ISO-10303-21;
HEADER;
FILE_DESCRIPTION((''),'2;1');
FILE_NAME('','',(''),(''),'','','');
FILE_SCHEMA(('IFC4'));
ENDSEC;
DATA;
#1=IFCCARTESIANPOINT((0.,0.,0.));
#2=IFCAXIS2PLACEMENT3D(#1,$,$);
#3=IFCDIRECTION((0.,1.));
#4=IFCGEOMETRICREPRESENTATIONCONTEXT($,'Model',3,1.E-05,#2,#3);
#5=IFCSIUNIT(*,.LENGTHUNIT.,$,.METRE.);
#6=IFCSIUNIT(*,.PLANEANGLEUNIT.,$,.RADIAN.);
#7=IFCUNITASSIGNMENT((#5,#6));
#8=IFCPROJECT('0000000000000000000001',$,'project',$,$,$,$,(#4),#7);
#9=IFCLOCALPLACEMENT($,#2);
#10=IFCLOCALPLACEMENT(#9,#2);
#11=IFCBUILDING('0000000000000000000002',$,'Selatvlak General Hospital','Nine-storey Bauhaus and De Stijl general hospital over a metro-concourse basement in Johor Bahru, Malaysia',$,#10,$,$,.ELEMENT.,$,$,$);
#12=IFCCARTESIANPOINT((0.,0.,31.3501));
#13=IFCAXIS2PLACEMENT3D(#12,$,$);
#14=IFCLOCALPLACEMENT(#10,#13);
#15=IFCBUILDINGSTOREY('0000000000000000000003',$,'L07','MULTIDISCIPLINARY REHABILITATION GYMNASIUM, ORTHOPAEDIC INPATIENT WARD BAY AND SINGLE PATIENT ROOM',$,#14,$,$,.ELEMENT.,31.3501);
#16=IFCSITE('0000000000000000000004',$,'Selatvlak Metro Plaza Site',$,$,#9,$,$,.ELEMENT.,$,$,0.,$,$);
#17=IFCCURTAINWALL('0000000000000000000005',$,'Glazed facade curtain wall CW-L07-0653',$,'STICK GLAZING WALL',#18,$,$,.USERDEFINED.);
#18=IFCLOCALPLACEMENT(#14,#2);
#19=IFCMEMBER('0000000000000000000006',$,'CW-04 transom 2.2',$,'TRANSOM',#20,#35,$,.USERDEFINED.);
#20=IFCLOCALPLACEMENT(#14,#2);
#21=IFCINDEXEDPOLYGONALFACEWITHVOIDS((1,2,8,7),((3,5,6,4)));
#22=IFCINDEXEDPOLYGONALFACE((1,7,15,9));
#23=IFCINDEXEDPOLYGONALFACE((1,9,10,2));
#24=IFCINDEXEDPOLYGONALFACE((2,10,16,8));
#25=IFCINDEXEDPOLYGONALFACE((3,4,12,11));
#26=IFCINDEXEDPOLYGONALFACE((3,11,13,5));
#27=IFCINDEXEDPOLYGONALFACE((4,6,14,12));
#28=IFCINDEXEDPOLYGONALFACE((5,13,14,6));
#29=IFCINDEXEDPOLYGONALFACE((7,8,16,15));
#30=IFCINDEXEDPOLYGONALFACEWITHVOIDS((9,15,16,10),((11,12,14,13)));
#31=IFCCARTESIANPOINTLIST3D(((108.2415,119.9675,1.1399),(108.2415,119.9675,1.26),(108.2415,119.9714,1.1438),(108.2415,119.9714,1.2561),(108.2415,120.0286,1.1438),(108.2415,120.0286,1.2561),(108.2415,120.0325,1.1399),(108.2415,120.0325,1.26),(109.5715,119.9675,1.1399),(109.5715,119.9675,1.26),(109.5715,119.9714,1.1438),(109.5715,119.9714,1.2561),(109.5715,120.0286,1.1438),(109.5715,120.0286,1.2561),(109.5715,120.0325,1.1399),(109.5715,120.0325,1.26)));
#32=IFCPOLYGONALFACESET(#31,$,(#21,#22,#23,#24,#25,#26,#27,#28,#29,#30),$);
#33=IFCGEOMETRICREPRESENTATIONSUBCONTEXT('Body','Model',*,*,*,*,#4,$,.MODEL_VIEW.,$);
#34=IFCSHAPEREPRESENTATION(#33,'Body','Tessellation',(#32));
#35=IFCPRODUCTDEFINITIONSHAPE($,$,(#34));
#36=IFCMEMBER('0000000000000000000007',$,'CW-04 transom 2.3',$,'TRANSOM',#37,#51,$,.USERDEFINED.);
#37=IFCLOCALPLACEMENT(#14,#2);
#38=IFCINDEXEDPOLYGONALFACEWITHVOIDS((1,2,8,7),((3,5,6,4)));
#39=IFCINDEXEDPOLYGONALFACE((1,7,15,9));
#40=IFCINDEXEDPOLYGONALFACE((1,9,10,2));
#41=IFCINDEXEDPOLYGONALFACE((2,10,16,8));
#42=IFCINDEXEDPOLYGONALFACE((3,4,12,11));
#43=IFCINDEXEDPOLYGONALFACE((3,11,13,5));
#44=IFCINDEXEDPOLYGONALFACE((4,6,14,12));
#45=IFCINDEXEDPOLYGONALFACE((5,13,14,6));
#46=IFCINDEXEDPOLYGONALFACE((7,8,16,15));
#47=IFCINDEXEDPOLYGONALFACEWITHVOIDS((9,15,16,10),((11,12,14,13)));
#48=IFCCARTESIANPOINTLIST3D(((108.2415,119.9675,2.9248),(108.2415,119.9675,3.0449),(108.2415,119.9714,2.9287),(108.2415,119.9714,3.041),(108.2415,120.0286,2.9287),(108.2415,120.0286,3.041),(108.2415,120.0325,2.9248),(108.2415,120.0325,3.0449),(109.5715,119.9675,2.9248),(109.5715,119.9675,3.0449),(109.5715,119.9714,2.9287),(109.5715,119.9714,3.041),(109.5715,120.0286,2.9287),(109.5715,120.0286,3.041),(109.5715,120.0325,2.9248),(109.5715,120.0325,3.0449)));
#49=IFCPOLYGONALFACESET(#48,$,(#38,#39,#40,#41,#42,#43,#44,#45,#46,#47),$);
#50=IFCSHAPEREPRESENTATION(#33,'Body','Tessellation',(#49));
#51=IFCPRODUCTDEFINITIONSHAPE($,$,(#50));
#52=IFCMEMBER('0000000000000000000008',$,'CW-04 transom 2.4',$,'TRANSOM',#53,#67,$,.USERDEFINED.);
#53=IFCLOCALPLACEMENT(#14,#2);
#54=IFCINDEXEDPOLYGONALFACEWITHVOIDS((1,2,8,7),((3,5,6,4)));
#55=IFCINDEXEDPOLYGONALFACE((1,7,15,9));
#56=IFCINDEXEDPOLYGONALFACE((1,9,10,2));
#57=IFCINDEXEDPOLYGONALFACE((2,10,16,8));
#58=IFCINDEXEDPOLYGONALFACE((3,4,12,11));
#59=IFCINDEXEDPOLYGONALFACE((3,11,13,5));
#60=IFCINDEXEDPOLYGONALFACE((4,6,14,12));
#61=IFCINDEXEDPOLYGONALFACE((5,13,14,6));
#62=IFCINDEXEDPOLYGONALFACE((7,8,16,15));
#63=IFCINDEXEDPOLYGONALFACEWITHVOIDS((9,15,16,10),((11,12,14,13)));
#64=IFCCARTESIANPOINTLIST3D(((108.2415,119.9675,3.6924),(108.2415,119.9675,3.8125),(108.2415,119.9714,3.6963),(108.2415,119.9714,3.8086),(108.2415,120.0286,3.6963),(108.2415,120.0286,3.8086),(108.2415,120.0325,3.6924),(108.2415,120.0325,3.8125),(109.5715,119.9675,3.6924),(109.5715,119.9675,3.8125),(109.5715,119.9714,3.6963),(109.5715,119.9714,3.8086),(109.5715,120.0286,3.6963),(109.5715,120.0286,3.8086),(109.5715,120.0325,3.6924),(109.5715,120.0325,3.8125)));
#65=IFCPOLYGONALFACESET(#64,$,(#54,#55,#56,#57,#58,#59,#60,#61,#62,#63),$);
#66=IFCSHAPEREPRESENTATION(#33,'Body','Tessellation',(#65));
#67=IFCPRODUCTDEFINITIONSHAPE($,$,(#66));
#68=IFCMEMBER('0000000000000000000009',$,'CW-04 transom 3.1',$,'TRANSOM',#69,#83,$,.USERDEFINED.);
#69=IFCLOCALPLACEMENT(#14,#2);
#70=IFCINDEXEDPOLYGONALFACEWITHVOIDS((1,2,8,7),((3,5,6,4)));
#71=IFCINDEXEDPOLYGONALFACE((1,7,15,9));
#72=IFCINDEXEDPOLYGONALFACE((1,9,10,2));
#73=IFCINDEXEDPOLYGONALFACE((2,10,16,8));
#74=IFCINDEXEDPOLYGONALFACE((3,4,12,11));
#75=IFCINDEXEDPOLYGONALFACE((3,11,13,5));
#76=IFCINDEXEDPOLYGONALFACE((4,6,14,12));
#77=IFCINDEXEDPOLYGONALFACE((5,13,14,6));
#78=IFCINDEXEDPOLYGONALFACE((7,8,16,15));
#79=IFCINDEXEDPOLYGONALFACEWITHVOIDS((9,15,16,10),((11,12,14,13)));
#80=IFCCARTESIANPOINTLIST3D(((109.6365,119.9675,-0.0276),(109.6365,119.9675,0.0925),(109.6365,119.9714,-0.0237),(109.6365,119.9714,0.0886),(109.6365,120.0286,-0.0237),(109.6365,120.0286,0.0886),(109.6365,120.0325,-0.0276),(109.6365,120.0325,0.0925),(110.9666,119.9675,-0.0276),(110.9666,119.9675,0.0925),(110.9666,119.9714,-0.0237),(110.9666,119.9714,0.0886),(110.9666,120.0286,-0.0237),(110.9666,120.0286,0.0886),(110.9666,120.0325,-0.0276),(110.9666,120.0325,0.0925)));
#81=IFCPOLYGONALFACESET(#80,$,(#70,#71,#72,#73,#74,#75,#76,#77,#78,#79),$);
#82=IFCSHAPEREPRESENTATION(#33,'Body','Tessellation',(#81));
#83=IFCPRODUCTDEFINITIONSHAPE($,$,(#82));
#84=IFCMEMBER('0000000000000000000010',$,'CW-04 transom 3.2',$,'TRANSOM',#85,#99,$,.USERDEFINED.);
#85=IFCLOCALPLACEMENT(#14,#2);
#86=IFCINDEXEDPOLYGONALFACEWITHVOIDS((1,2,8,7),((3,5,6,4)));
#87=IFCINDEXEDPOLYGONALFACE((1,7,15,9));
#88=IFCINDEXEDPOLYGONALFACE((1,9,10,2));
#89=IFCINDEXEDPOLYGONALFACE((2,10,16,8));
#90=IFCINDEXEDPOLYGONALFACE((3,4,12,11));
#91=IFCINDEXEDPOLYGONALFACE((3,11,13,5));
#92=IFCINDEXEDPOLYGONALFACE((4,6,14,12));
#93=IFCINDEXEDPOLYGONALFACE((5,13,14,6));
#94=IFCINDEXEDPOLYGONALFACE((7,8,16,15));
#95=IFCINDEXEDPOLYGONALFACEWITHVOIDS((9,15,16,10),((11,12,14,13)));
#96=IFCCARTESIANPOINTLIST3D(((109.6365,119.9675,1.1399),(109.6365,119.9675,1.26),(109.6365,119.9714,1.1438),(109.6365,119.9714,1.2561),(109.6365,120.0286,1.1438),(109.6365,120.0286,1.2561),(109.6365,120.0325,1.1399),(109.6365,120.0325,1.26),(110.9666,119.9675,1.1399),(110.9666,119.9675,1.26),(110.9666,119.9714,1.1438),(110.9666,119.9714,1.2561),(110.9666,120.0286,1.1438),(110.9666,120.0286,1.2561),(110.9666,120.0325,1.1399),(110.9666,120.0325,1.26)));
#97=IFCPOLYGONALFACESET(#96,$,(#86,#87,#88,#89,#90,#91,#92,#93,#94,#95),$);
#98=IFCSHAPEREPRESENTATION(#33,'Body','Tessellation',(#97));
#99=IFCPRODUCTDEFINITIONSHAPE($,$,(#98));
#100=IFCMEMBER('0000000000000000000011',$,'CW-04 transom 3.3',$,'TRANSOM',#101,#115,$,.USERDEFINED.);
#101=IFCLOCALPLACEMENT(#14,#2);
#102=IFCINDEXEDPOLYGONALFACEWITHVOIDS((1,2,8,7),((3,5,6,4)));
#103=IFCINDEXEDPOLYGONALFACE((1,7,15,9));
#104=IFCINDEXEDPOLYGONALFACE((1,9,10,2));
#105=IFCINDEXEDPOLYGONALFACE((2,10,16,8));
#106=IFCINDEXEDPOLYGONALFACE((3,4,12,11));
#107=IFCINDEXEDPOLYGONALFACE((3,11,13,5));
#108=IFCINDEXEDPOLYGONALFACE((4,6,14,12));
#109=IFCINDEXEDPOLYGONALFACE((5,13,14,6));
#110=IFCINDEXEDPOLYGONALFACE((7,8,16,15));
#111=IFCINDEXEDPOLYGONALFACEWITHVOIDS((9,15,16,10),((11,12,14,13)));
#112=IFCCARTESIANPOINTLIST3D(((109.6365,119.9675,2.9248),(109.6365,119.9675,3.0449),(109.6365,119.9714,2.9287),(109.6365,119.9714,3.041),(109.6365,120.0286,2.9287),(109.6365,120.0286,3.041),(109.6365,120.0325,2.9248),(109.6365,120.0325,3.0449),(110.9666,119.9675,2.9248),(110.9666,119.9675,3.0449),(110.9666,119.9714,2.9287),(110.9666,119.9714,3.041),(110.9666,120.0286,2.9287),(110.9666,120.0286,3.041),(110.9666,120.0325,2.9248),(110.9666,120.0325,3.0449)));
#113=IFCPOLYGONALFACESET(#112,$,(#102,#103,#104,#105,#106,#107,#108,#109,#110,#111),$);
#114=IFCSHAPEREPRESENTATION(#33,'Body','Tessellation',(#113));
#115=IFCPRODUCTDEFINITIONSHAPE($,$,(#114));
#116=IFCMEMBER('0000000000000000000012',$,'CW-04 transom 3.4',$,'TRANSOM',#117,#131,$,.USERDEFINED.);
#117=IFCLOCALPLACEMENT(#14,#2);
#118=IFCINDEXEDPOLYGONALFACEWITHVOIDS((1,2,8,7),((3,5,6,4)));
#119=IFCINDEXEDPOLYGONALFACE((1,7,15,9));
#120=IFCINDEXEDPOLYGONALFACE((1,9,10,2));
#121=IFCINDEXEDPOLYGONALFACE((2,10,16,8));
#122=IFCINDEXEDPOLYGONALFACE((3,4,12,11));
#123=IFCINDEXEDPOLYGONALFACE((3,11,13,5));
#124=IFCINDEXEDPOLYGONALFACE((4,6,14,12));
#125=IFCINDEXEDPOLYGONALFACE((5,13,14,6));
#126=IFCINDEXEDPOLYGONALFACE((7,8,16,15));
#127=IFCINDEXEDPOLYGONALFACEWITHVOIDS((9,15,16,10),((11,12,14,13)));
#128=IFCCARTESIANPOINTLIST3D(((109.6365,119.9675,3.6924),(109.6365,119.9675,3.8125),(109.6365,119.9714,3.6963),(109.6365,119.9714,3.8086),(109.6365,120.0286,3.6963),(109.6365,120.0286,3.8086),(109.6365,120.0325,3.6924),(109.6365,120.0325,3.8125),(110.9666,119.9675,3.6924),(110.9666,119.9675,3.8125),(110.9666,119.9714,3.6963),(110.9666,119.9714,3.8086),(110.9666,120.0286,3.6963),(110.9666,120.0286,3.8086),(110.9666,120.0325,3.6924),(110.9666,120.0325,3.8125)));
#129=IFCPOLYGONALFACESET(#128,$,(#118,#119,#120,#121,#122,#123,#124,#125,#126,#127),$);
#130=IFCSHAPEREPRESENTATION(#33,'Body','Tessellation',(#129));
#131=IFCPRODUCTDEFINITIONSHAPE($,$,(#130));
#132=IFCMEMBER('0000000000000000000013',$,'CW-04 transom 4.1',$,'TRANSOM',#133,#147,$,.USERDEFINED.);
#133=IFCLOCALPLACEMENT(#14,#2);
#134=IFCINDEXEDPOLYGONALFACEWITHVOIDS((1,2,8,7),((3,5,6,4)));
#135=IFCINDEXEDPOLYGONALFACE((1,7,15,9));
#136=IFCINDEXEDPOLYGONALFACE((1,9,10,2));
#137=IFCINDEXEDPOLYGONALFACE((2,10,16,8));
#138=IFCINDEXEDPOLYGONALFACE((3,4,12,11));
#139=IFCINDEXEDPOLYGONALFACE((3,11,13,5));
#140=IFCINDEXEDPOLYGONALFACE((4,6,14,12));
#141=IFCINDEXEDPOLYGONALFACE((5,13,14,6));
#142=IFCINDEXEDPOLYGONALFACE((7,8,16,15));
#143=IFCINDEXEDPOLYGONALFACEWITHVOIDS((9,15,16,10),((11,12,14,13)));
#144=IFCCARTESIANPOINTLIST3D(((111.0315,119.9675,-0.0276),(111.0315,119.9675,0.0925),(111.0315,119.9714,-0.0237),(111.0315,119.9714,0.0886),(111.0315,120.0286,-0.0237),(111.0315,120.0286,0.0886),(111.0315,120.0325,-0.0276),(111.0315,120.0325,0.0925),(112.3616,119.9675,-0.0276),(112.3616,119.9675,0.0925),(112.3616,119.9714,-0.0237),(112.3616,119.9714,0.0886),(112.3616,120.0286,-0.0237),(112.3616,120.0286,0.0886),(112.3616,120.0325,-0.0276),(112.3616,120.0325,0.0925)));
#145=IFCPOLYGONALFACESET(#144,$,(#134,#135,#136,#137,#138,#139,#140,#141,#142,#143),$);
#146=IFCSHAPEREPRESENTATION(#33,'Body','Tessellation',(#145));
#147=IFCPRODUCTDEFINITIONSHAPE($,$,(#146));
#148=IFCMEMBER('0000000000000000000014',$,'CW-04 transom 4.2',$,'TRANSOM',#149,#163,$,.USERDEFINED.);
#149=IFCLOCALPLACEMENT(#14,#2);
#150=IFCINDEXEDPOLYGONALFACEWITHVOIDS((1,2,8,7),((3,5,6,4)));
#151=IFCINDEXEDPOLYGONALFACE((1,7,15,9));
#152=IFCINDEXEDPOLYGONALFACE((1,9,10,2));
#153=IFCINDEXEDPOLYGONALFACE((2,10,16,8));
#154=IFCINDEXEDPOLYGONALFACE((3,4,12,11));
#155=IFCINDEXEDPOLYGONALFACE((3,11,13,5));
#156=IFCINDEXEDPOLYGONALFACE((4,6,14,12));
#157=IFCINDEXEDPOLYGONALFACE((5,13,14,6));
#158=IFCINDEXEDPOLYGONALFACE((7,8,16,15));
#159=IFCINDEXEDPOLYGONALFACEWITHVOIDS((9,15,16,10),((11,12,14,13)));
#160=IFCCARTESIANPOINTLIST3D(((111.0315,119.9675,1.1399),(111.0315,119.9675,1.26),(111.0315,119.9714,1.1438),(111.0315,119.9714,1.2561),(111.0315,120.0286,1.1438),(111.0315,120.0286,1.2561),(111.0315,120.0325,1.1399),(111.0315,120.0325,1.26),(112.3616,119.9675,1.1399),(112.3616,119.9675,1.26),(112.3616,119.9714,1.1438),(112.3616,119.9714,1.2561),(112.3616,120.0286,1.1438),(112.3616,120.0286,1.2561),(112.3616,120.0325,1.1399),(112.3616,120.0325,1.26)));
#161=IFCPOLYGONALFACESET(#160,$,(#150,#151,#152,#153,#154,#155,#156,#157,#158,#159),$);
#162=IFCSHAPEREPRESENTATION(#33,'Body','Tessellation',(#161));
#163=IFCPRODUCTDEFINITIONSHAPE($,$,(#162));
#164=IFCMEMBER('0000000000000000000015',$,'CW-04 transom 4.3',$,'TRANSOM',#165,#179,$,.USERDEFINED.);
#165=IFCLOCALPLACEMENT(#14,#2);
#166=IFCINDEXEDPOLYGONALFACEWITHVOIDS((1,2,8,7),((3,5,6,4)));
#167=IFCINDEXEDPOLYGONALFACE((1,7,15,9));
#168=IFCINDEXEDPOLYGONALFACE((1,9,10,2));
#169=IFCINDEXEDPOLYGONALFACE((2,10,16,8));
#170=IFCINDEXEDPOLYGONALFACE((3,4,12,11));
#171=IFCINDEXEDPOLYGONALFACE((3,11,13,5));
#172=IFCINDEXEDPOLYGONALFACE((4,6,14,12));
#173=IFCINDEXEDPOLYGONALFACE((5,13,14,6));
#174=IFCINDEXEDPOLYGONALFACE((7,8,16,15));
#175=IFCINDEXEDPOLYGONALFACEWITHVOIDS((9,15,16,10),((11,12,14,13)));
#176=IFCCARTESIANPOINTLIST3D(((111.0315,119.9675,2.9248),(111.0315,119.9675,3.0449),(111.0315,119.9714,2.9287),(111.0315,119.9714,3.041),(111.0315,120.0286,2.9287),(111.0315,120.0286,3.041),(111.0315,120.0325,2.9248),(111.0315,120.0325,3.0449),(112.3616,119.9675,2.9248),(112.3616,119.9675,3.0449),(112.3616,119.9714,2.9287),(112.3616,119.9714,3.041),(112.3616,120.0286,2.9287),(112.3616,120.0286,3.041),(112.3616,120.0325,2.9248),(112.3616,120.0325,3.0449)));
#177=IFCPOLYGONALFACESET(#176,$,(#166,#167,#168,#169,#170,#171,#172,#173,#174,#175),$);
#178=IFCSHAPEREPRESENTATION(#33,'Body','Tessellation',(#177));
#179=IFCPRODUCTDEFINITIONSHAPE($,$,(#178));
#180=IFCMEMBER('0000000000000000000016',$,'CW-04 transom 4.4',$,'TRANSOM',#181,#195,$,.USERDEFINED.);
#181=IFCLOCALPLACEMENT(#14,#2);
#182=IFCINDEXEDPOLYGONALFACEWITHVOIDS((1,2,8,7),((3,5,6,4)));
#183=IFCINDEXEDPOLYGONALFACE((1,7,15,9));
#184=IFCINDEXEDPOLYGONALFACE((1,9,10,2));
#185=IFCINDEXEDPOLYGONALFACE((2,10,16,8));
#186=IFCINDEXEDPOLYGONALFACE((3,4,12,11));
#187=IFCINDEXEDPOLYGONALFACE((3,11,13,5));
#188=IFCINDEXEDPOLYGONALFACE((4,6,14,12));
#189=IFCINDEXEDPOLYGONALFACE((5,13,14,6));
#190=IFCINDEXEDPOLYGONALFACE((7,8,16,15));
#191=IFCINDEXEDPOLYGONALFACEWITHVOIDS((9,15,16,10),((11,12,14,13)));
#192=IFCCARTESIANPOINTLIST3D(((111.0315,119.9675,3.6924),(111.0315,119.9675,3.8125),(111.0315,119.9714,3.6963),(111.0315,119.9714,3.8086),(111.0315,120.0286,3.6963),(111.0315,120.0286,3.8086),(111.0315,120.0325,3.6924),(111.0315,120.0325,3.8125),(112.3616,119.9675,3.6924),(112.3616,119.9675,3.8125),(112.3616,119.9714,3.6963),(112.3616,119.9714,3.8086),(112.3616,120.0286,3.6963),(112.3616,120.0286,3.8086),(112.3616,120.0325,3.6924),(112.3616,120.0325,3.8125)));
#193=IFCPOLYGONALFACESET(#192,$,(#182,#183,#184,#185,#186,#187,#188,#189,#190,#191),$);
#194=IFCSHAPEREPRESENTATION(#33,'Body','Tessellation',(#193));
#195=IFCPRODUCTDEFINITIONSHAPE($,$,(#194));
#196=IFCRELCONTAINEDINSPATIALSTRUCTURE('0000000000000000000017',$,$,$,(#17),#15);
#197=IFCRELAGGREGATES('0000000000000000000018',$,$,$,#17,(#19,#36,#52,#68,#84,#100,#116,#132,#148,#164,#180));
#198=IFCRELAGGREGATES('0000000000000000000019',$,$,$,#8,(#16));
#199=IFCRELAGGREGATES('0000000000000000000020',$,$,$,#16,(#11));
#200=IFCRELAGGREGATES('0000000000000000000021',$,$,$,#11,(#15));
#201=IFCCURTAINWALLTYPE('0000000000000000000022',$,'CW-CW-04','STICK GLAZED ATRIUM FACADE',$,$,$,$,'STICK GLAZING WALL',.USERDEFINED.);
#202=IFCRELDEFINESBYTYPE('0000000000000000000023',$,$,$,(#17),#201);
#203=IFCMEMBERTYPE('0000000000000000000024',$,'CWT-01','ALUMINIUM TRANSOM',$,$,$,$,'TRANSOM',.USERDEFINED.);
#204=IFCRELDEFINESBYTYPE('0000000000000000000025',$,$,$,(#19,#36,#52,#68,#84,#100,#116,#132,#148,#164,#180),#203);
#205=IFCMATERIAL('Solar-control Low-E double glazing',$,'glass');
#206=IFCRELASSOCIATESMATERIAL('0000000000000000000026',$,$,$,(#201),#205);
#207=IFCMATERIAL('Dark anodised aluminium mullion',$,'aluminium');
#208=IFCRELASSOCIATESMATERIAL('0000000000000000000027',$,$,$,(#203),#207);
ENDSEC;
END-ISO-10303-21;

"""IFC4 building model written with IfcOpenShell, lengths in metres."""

from ifc_helpers import new_model, si_unit, direction, frame, origin, origin_2d, place, context, subcontext, project, spatial, hollow_rectangle, extrude, material, material_profile, profile_set, type_object, element, aggregate, save


model = new_model("IFC4")

# Units and contexts
model_context = context("Model", 3, precision=1e-05, world=origin(), true_north=direction((0.0, 1.0)))
body_context = subcontext(model_context, "Body", "Model", "MODEL_VIEW")
ifc_project = project(units=[si_unit("LENGTHUNIT", "METRE"), si_unit("PLANEANGLEUNIT", "RADIAN")], contexts=[model_context])

# Site, building, storey
site_placement = place(None, origin())
site = spatial("IfcSite", under=ifc_project, at=site_placement, Name="Selatvlak Metro Plaza Site", CompositionType="ELEMENT", RefElevation=0.0)
building_placement = place(site_placement, origin())
building = spatial("IfcBuilding", under=site, at=building_placement, Name="Selatvlak General Hospital", Description="Nine-storey Bauhaus and De Stijl general hospital over a metro-concourse basement in Johor Bahru, Malaysia", CompositionType="ELEMENT")
storey_placement = place(building_placement, frame((0.0, 0.0, 31.3501)))
storey = spatial("IfcBuildingStorey", under=building, at=storey_placement, Name="L07", Description="MULTIDISCIPLINARY REHABILITATION GYMNASIUM, ORTHOPAEDIC INPATIENT WARD BAY AND SINGLE PATIENT ROOM", CompositionType="ELEMENT", Elevation=31.3501)

# Shared definitions
ifc_material_1 = material(Name="Solar-control Low-E double glazing", Category="glass")
ifc_material_2 = material(Name="Dark anodised aluminium mullion", Category="aluminium")

# Curtain wall, members
curtain_wall_type_1 = type_object("IfcCurtainWallType", Name="CW-CW-04", Description="STICK GLAZED ATRIUM FACADE", ElementType="STICK GLAZING WALL", PredefinedType="USERDEFINED", material=ifc_material_1)
curtain_wall_1_placement = place(storey_placement, origin())
curtain_wall_1 = element("IfcCurtainWall", 1, at=curtain_wall_1_placement, inside=storey, type_object=curtain_wall_type_1, Name="Glazed facade curtain wall CW-L07-0653", ObjectType="STICK GLAZING WALL", PredefinedType="USERDEFINED")
ifc_material_profile_1 = material_profile(ifc_material_2, hollow_rectangle(XDim=0.0649, YDim=0.1201, WallThickness=0.0039, at=origin_2d()), Name="AL-TRN 65x120x4")
ifc_profile_set_1 = profile_set([ifc_material_profile_1], Name="Dark anodised aluminium mullion")
member_type_1 = type_object("IfcMemberType", Name="CWT-01", Description="ALUMINIUM TRANSOM", ElementType="TRANSOM", PredefinedType="USERDEFINED", material=ifc_profile_set_1)
member_1_placement = place(storey_placement, frame((108.2415, 120.0, 1.2), z_axis=(1.0, 0.0, 0.0), x_axis=(0.0, 1.0, 0.0)))
member_1 = element("IfcMember", 2, at=member_1_placement, type_object=member_type_1, Name="CW-04 transom 2.2", ObjectType="TRANSOM", PredefinedType="USERDEFINED", context=body_context, shape_type="SweptSolid", body=[
    extrude(hollow_rectangle(XDim=0.0649, YDim=0.1201, WallThickness=0.0039, at=origin_2d()), origin(), (0.0, 0.0, 1.0), 1.3301),
])
member_2_placement = place(storey_placement, frame((108.2415, 120.0, 2.9849), z_axis=(1.0, 0.0, 0.0), x_axis=(0.0, 1.0, 0.0)))
member_2 = element("IfcMember", 3, at=member_2_placement, type_object=member_type_1, Name="CW-04 transom 2.3", ObjectType="TRANSOM", PredefinedType="USERDEFINED", context=body_context, shape_type="SweptSolid", body=[
    extrude(hollow_rectangle(XDim=0.0649, YDim=0.1201, WallThickness=0.0039, at=origin_2d()), origin(), (0.0, 0.0, 1.0), 1.3301),
])
member_3_placement = place(storey_placement, frame((108.2415, 120.0, 3.7524), z_axis=(1.0, 0.0, 0.0), x_axis=(0.0, 1.0, 0.0)))
member_3 = element("IfcMember", 4, at=member_3_placement, type_object=member_type_1, Name="CW-04 transom 2.4", ObjectType="TRANSOM", PredefinedType="USERDEFINED", context=body_context, shape_type="SweptSolid", body=[
    extrude(hollow_rectangle(XDim=0.0649, YDim=0.1201, WallThickness=0.0039, at=origin_2d()), origin(), (0.0, 0.0, 1.0), 1.3301),
])
member_4_placement = place(storey_placement, frame((109.6365, 120.0, 0.0325), z_axis=(1.0, 0.0, 0.0), x_axis=(0.0, 1.0, 0.0)))
member_4 = element("IfcMember", 5, at=member_4_placement, type_object=member_type_1, Name="CW-04 transom 3.1", ObjectType="TRANSOM", PredefinedType="USERDEFINED", context=body_context, shape_type="SweptSolid", body=[
    extrude(hollow_rectangle(XDim=0.0649, YDim=0.1201, WallThickness=0.0039, at=origin_2d()), origin(), (0.0, 0.0, 1.0), 1.3301),
])
member_5_placement = place(storey_placement, frame((109.6365, 120.0, 1.2), z_axis=(1.0, 0.0, 0.0), x_axis=(0.0, 1.0, 0.0)))
member_5 = element("IfcMember", 6, at=member_5_placement, type_object=member_type_1, Name="CW-04 transom 3.2", ObjectType="TRANSOM", PredefinedType="USERDEFINED", context=body_context, shape_type="SweptSolid", body=[
    extrude(hollow_rectangle(XDim=0.0649, YDim=0.1201, WallThickness=0.0039, at=origin_2d()), origin(), (0.0, 0.0, 1.0), 1.3301),
])
member_6_placement = place(storey_placement, frame((109.6365, 120.0, 2.9849), z_axis=(1.0, 0.0, 0.0), x_axis=(0.0, 1.0, 0.0)))
member_6 = element("IfcMember", 7, at=member_6_placement, type_object=member_type_1, Name="CW-04 transom 3.3", ObjectType="TRANSOM", PredefinedType="USERDEFINED", context=body_context, shape_type="SweptSolid", body=[
    extrude(hollow_rectangle(XDim=0.0649, YDim=0.1201, WallThickness=0.0039, at=origin_2d()), origin(), (0.0, 0.0, 1.0), 1.3301),
])
member_7_placement = place(storey_placement, frame((109.6365, 120.0, 3.7524), z_axis=(1.0, 0.0, 0.0), x_axis=(0.0, 1.0, 0.0)))
member_7 = element("IfcMember", 8, at=member_7_placement, type_object=member_type_1, Name="CW-04 transom 3.4", ObjectType="TRANSOM", PredefinedType="USERDEFINED", context=body_context, shape_type="SweptSolid", body=[
    extrude(hollow_rectangle(XDim=0.0649, YDim=0.1201, WallThickness=0.0039, at=origin_2d()), origin(), (0.0, 0.0, 1.0), 1.3301),
])
member_8_placement = place(storey_placement, frame((111.0315, 120.0, 0.0325), z_axis=(1.0, 0.0, 0.0), x_axis=(0.0, 1.0, 0.0)))
member_8 = element("IfcMember", 9, at=member_8_placement, type_object=member_type_1, Name="CW-04 transom 4.1", ObjectType="TRANSOM", PredefinedType="USERDEFINED", context=body_context, shape_type="SweptSolid", body=[
    extrude(hollow_rectangle(XDim=0.0649, YDim=0.1201, WallThickness=0.0039, at=origin_2d()), origin(), (0.0, 0.0, 1.0), 1.3301),
])
member_9_placement = place(storey_placement, frame((111.0315, 120.0, 1.2), z_axis=(1.0, 0.0, 0.0), x_axis=(0.0, 1.0, 0.0)))
member_9 = element("IfcMember", 10, at=member_9_placement, type_object=member_type_1, Name="CW-04 transom 4.2", ObjectType="TRANSOM", PredefinedType="USERDEFINED", context=body_context, shape_type="SweptSolid", body=[
    extrude(hollow_rectangle(XDim=0.0649, YDim=0.1201, WallThickness=0.0039, at=origin_2d()), origin(), (0.0, 0.0, 1.0), 1.3301),
])
member_10_placement = place(storey_placement, frame((111.0315, 120.0, 2.9849), z_axis=(1.0, 0.0, 0.0), x_axis=(0.0, 1.0, 0.0)))
member_10 = element("IfcMember", 11, at=member_10_placement, type_object=member_type_1, Name="CW-04 transom 4.3", ObjectType="TRANSOM", PredefinedType="USERDEFINED", context=body_context, shape_type="SweptSolid", body=[
    extrude(hollow_rectangle(XDim=0.0649, YDim=0.1201, WallThickness=0.0039, at=origin_2d()), origin(), (0.0, 0.0, 1.0), 1.3301),
])
member_11_placement = place(storey_placement, frame((111.0315, 120.0, 3.7524), z_axis=(1.0, 0.0, 0.0), x_axis=(0.0, 1.0, 0.0)))
member_11 = element("IfcMember", 12, at=member_11_placement, type_object=member_type_1, Name="CW-04 transom 4.4", ObjectType="TRANSOM", PredefinedType="USERDEFINED", context=body_context, shape_type="SweptSolid", body=[
    extrude(hollow_rectangle(XDim=0.0649, YDim=0.1201, WallThickness=0.0039, at=origin_2d()), origin(), (0.0, 0.0, 1.0), 1.3301),
])
aggregate(curtain_wall_1, [member_1, member_2, member_3, member_4, member_5, member_6, member_7, member_8, member_9, member_10, member_11])

save(model, "model.ifc")
